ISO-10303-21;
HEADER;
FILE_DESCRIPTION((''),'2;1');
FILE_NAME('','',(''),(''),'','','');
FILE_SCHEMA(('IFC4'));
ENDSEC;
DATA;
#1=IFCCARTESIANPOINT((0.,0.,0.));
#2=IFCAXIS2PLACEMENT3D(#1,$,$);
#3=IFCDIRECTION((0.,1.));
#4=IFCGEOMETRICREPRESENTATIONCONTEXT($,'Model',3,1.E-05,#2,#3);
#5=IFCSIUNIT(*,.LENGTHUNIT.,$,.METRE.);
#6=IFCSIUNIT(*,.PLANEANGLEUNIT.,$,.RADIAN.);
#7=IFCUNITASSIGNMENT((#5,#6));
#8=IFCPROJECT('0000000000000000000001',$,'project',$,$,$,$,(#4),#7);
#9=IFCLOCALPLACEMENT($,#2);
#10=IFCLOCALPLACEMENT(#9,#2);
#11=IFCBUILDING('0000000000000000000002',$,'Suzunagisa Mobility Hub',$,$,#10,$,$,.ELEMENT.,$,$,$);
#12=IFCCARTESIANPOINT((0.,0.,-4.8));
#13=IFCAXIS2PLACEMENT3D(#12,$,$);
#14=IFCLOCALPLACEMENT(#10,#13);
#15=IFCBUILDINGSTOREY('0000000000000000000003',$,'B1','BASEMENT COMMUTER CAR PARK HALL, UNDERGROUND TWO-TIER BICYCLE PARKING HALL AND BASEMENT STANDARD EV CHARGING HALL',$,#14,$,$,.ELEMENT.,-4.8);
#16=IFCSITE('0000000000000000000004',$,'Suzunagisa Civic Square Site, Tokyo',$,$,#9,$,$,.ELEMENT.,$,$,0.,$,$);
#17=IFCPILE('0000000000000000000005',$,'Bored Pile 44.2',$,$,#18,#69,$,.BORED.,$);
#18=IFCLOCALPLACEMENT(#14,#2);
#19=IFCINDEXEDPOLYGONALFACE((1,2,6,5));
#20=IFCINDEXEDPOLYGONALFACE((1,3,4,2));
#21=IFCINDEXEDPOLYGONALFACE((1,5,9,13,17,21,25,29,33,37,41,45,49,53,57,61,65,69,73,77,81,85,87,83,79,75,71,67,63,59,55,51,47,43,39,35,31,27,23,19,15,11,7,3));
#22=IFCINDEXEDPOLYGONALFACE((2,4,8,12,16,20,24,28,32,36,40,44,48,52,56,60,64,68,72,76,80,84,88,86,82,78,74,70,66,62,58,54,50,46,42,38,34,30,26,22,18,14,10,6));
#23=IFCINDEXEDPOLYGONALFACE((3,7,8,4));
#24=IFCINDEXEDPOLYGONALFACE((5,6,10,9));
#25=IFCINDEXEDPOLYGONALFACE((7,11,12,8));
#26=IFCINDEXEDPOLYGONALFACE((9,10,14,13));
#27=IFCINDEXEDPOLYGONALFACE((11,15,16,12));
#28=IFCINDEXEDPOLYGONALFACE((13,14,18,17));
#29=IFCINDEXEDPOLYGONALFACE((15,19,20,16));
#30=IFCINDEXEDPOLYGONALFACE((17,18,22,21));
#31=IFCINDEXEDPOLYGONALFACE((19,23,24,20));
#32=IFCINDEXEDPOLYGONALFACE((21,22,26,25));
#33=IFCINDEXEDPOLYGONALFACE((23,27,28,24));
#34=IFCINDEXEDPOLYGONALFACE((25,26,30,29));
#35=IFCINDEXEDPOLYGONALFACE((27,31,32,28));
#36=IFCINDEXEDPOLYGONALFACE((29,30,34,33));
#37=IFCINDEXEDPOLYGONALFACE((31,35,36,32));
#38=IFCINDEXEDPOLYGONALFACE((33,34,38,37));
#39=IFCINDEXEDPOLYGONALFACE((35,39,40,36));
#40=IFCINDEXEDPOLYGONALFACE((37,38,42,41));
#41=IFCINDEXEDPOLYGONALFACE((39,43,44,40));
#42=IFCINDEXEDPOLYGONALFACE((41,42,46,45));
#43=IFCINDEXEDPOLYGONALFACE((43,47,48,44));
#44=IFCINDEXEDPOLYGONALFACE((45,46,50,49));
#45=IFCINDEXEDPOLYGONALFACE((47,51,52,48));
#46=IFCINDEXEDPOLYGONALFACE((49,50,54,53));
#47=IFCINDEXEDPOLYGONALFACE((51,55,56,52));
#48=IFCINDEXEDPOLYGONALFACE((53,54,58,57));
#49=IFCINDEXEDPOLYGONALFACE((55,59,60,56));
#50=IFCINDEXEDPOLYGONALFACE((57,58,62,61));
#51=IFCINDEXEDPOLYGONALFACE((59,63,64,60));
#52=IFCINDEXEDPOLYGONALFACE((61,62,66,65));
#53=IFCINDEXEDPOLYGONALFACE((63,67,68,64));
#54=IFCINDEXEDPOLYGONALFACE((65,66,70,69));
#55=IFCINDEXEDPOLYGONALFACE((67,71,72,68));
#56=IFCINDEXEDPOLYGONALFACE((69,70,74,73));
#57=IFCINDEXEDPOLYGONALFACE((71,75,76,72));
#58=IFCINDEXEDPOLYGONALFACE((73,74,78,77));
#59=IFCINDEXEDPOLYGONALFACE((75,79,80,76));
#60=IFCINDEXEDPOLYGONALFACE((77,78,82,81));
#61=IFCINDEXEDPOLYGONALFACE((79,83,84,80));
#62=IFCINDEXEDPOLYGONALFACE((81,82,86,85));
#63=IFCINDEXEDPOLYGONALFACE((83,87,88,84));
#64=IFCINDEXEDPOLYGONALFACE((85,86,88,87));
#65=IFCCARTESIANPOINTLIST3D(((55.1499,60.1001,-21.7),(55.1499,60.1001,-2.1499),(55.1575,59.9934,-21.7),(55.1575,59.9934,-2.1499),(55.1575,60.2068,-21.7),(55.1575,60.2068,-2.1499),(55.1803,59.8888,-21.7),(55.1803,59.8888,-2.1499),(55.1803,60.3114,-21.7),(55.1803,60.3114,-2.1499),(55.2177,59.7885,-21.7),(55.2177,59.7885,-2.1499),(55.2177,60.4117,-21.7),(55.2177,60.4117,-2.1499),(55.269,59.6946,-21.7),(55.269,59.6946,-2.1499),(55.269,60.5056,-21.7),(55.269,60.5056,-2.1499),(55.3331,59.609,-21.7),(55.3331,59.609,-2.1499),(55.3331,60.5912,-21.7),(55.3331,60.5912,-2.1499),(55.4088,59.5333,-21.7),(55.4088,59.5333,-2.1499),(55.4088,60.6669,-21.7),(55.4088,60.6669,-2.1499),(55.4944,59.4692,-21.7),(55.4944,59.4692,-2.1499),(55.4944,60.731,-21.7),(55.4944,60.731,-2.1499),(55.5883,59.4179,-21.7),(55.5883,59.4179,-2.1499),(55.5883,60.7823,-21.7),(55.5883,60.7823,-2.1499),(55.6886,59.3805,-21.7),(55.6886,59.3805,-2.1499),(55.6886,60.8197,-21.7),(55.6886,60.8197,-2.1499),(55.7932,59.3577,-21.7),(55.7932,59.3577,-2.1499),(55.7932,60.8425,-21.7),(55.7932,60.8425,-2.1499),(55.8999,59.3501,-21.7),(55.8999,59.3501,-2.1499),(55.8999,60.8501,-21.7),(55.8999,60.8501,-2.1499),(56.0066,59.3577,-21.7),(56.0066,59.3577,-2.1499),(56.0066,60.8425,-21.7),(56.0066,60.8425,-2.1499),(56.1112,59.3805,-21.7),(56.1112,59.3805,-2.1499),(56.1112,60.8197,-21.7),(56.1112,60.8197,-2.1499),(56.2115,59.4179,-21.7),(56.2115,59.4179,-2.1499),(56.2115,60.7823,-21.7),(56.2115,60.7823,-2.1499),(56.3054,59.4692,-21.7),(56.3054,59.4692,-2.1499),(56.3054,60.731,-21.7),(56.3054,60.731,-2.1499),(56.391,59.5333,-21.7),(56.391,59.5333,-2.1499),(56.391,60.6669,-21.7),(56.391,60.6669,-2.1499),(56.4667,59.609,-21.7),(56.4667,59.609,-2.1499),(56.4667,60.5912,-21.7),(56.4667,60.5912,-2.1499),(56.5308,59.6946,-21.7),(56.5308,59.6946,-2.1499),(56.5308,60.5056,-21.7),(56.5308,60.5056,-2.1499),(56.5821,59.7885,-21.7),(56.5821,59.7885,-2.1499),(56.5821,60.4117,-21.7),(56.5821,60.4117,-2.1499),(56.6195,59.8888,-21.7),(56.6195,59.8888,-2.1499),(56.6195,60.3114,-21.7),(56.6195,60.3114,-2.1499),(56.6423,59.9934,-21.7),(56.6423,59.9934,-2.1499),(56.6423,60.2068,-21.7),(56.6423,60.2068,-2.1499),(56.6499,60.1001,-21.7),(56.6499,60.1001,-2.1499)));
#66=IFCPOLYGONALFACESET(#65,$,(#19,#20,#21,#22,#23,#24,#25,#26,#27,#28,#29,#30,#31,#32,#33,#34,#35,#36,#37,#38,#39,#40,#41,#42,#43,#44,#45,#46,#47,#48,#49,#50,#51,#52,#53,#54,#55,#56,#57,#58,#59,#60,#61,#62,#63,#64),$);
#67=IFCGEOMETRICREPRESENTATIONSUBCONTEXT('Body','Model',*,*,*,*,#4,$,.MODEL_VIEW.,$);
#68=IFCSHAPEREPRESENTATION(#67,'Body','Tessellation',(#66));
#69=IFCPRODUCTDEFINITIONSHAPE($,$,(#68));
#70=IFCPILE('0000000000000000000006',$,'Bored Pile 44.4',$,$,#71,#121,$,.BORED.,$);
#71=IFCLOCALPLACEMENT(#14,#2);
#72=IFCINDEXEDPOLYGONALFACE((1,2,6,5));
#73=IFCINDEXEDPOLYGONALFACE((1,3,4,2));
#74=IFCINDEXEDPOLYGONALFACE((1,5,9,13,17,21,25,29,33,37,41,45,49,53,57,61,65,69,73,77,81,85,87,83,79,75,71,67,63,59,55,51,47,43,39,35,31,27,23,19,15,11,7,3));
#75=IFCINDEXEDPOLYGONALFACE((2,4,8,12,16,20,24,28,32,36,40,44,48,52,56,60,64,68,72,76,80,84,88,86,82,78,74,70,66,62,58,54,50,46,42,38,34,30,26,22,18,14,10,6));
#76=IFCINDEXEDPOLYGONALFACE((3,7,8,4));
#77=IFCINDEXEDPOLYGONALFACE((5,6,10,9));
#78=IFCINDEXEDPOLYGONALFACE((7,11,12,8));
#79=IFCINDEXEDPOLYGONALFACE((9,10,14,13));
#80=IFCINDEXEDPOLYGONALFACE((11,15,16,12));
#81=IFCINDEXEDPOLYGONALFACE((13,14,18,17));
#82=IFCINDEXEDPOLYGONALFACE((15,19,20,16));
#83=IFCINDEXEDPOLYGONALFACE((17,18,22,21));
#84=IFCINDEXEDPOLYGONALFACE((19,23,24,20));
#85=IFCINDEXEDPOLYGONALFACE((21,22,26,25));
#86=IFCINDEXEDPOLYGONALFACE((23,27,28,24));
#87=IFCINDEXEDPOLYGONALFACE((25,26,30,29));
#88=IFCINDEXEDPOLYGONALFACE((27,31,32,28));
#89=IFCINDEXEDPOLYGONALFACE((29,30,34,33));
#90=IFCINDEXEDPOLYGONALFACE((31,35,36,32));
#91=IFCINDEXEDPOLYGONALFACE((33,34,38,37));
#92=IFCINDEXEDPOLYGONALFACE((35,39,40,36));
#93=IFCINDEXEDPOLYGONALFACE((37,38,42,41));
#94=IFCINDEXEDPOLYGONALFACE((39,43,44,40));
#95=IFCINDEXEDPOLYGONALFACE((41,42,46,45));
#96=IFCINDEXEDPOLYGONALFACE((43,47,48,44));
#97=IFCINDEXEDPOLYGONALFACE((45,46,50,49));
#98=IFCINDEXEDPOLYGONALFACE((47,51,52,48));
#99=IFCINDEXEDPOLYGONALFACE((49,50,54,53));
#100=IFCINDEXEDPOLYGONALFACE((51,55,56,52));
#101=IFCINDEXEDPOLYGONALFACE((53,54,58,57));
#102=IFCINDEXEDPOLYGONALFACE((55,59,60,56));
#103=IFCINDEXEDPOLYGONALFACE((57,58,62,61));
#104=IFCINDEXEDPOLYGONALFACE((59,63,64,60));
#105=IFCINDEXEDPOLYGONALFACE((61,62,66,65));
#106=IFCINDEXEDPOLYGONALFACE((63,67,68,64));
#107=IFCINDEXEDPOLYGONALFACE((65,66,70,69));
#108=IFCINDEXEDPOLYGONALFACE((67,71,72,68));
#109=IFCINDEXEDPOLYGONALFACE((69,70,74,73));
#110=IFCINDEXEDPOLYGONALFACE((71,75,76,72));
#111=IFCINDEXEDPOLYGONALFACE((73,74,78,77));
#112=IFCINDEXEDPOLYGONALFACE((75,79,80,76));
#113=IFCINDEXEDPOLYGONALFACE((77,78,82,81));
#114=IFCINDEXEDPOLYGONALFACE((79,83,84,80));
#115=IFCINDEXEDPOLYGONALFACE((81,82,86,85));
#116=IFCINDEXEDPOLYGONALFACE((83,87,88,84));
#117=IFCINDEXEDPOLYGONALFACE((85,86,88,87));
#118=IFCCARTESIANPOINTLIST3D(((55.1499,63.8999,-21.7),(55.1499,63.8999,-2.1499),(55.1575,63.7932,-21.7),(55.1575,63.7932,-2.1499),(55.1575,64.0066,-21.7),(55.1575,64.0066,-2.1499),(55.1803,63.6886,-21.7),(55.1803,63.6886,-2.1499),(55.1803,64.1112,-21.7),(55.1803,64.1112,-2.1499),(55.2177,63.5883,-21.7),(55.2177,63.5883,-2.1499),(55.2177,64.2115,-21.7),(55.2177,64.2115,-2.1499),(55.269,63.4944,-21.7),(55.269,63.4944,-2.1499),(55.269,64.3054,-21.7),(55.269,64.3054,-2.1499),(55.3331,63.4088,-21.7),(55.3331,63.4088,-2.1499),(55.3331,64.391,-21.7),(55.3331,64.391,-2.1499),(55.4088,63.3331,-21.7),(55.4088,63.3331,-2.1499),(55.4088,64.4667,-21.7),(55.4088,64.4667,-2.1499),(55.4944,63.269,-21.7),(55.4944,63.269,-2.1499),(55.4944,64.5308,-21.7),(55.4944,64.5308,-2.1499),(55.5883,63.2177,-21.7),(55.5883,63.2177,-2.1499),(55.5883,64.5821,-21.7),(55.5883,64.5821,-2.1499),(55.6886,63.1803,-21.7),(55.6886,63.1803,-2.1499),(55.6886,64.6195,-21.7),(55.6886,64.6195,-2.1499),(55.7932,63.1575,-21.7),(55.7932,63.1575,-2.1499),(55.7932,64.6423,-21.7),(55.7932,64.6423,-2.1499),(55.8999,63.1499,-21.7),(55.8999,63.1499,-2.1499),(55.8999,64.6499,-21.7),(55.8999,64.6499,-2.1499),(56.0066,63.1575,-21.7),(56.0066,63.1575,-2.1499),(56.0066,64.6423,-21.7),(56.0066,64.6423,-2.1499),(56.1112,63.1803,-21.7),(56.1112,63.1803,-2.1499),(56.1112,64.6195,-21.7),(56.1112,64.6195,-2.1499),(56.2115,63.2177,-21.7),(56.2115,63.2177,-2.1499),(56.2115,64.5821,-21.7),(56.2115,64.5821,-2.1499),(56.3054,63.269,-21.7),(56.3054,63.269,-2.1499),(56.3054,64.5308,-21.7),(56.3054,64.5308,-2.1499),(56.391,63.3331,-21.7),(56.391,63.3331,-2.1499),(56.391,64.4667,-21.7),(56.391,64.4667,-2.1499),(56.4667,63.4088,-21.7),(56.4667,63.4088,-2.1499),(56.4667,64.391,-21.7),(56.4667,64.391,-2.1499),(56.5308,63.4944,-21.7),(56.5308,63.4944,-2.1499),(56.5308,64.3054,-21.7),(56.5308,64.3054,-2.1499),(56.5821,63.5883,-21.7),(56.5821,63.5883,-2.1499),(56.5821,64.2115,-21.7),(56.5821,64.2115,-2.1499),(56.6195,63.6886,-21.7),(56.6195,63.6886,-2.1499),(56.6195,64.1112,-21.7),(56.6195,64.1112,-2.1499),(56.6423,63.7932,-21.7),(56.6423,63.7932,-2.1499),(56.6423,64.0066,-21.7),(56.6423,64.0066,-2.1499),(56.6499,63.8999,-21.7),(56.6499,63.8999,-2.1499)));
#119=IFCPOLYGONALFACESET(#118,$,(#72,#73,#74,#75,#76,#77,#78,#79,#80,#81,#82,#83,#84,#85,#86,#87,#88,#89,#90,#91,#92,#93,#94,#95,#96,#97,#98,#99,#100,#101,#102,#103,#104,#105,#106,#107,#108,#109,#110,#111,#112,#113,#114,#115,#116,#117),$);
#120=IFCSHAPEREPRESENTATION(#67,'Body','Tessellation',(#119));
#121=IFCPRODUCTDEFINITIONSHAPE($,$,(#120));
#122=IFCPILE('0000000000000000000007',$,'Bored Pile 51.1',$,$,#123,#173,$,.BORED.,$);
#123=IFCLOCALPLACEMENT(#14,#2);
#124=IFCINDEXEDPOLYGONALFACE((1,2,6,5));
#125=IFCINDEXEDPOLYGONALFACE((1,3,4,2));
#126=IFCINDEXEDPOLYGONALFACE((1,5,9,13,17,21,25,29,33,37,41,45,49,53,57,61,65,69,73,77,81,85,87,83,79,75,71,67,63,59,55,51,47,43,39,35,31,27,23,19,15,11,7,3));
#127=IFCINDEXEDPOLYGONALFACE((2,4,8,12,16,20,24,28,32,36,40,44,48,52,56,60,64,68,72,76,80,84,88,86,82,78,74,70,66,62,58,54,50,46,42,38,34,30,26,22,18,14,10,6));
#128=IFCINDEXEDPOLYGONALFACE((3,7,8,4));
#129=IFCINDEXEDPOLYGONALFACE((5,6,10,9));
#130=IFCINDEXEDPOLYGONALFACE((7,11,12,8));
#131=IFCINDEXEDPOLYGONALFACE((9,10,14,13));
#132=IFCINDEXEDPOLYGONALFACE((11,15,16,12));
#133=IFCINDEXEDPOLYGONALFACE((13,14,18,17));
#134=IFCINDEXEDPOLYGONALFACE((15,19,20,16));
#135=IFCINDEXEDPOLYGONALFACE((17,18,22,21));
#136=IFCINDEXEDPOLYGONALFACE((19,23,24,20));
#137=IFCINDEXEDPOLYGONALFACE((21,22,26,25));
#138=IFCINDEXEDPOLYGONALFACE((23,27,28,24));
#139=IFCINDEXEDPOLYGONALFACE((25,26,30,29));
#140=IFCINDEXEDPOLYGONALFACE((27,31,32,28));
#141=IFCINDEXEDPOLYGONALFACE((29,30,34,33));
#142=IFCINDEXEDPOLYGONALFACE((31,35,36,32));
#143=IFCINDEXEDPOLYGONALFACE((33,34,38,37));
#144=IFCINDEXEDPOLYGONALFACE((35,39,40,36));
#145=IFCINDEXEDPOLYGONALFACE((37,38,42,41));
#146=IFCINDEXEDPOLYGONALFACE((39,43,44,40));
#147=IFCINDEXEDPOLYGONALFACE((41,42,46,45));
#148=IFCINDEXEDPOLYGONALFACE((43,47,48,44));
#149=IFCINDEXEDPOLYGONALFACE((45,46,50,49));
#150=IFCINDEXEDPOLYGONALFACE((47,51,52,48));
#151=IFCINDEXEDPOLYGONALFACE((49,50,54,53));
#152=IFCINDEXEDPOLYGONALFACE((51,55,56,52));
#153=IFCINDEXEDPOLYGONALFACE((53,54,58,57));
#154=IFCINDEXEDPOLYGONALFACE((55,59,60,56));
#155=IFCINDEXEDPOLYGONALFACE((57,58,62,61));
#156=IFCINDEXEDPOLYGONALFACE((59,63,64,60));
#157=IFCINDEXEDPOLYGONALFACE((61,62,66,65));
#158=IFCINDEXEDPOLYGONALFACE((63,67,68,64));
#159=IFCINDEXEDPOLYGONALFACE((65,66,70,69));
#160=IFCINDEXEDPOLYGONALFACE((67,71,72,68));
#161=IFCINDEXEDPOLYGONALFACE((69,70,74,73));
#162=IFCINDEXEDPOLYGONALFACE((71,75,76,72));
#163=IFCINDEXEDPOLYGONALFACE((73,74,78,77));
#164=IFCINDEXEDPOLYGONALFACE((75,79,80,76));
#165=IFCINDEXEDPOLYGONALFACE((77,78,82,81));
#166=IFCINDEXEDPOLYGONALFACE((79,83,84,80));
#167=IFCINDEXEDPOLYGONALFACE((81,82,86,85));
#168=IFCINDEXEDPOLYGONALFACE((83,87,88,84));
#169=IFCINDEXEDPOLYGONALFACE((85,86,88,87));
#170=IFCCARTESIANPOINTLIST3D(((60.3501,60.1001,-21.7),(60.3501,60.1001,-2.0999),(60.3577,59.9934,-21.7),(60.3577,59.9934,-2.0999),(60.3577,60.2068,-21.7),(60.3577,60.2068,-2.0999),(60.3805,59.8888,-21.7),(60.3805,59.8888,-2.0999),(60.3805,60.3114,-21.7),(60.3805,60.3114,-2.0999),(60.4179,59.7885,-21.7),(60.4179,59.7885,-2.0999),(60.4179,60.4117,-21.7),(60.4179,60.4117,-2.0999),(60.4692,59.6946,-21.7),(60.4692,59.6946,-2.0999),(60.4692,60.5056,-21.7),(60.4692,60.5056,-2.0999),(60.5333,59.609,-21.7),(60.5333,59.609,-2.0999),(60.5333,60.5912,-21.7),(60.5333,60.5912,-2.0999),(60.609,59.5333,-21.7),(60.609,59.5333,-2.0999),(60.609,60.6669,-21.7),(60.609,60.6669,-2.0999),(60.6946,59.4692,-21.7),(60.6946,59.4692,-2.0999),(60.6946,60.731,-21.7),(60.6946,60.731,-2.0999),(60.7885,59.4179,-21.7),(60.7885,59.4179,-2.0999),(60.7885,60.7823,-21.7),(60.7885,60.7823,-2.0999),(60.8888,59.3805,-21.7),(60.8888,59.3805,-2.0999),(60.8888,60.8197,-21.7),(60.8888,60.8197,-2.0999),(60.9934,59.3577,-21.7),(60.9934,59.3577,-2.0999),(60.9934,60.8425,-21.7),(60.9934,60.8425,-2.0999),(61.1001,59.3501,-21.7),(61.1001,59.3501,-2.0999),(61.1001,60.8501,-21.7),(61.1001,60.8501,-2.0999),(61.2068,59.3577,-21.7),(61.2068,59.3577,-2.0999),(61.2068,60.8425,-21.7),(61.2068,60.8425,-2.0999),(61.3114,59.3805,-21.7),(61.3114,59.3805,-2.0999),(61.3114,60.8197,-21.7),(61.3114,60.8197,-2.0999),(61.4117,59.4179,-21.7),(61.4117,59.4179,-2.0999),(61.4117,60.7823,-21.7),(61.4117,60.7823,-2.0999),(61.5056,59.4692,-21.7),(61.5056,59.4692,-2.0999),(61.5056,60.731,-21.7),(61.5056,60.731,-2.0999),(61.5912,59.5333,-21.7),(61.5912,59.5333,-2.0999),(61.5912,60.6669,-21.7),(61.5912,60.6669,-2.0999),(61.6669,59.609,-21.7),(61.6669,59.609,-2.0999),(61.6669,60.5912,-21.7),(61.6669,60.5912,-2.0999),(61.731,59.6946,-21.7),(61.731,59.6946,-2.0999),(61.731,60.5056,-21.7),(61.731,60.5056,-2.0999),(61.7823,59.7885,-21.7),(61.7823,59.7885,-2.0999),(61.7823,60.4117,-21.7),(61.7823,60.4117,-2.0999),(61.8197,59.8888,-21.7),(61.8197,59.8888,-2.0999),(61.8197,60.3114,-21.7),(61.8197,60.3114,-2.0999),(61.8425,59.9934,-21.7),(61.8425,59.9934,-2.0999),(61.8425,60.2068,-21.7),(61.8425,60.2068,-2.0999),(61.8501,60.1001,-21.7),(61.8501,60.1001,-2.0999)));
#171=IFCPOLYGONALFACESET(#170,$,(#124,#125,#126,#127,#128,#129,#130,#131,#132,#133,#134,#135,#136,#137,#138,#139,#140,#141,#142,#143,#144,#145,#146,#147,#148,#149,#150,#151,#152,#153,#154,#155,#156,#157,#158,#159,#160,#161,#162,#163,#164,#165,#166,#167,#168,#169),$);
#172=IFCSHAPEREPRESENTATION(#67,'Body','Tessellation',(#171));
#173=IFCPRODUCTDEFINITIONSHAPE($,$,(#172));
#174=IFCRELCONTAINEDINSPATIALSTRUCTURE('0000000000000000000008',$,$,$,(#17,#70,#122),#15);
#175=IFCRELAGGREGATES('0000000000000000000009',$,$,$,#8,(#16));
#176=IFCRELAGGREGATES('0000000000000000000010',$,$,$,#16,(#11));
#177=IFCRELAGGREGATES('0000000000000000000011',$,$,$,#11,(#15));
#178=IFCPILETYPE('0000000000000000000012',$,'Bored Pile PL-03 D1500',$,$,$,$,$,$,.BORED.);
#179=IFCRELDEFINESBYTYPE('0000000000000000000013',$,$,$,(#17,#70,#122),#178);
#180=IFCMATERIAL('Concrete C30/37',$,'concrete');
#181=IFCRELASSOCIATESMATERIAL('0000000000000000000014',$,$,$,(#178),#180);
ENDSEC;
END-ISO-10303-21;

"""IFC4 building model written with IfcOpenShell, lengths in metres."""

from ifc_helpers import new_model, si_unit, direction, frame, origin, origin_2d, place, context, subcontext, project, spatial, circle, extrude, material, material_profile, profile_set, type_object, element, save


model = new_model("IFC4")

# Units and contexts
model_context = context("Model", 3, precision=1e-05, world=origin(), true_north=direction((0.0, 1.0)))
body_context = subcontext(model_context, "Body", "Model", "MODEL_VIEW")
ifc_project = project(units=[si_unit("LENGTHUNIT", "METRE"), si_unit("PLANEANGLEUNIT", "RADIAN")], contexts=[model_context])

# Site, building, storey
site_placement = place(None, origin())
site = spatial("IfcSite", under=ifc_project, at=site_placement, Name="Suzunagisa Civic Square Site, Tokyo", CompositionType="ELEMENT", RefElevation=0.0)
building_placement = place(site_placement, origin())
building = spatial("IfcBuilding", under=site, at=building_placement, Name="Suzunagisa Mobility Hub", CompositionType="ELEMENT")
storey_placement = place(building_placement, frame((0.0, 0.0, -4.8)))
storey = spatial("IfcBuildingStorey", under=building, at=storey_placement, Name="B1", Description="BASEMENT COMMUTER CAR PARK HALL, UNDERGROUND TWO-TIER BICYCLE PARKING HALL AND BASEMENT STANDARD EV CHARGING HALL", CompositionType="ELEMENT", Elevation=-4.8)

# Piles
ifc_material_1 = material(Name="Concrete C30/37", Category="concrete")
ifc_material_profile_1 = material_profile(ifc_material_1, circle(Radius=0.75, at=origin_2d()), Name="BORED PILE D1500")
ifc_profile_set_1 = profile_set([ifc_material_profile_1], Name="Concrete C30/37")
pile_type_1 = type_object("IfcPileType", Name="Bored Pile PL-03 D1500", PredefinedType="BORED", material=ifc_profile_set_1)
for number, where, z_axis, x_axis, name in (
    (1, (55.8999, 60.1001, -2.1499), (0.0, 0.0, -1.0), (1.0, 0.0, 0.0), "Bored Pile 44.2"),
    (2, (55.8999, 63.8999, -2.1499), (0.0, 0.0, -1.0), (1.0, 0.0, 0.0), "Bored Pile 44.4"),
):
    element("IfcPile", number, at=place(storey_placement, frame(where, z_axis=z_axis, x_axis=x_axis)), inside=storey, type_object=pile_type_1, Name=name, PredefinedType="BORED", context=body_context, shape_type="SweptSolid", body=[
        extrude(circle(Radius=0.75, at=origin_2d()), origin(), (0.0, 0.0, 1.0), 19.55),
    ])
for number, where, z_axis, x_axis, name in (
    (3, (61.1001, 60.1001, -2.0999), (0.0, 0.0, -1.0), (1.0, 0.0, 0.0), "Bored Pile 51.1"),
):
    element("IfcPile", number, at=place(storey_placement, frame(where, z_axis=z_axis, x_axis=x_axis)), inside=storey, type_object=pile_type_1, Name=name, PredefinedType="BORED", context=body_context, shape_type="SweptSolid", body=[
        extrude(circle(Radius=0.75, at=origin_2d()), origin(), (0.0, 0.0, 1.0), 19.6001),
    ])

save(model, "model.ifc")
